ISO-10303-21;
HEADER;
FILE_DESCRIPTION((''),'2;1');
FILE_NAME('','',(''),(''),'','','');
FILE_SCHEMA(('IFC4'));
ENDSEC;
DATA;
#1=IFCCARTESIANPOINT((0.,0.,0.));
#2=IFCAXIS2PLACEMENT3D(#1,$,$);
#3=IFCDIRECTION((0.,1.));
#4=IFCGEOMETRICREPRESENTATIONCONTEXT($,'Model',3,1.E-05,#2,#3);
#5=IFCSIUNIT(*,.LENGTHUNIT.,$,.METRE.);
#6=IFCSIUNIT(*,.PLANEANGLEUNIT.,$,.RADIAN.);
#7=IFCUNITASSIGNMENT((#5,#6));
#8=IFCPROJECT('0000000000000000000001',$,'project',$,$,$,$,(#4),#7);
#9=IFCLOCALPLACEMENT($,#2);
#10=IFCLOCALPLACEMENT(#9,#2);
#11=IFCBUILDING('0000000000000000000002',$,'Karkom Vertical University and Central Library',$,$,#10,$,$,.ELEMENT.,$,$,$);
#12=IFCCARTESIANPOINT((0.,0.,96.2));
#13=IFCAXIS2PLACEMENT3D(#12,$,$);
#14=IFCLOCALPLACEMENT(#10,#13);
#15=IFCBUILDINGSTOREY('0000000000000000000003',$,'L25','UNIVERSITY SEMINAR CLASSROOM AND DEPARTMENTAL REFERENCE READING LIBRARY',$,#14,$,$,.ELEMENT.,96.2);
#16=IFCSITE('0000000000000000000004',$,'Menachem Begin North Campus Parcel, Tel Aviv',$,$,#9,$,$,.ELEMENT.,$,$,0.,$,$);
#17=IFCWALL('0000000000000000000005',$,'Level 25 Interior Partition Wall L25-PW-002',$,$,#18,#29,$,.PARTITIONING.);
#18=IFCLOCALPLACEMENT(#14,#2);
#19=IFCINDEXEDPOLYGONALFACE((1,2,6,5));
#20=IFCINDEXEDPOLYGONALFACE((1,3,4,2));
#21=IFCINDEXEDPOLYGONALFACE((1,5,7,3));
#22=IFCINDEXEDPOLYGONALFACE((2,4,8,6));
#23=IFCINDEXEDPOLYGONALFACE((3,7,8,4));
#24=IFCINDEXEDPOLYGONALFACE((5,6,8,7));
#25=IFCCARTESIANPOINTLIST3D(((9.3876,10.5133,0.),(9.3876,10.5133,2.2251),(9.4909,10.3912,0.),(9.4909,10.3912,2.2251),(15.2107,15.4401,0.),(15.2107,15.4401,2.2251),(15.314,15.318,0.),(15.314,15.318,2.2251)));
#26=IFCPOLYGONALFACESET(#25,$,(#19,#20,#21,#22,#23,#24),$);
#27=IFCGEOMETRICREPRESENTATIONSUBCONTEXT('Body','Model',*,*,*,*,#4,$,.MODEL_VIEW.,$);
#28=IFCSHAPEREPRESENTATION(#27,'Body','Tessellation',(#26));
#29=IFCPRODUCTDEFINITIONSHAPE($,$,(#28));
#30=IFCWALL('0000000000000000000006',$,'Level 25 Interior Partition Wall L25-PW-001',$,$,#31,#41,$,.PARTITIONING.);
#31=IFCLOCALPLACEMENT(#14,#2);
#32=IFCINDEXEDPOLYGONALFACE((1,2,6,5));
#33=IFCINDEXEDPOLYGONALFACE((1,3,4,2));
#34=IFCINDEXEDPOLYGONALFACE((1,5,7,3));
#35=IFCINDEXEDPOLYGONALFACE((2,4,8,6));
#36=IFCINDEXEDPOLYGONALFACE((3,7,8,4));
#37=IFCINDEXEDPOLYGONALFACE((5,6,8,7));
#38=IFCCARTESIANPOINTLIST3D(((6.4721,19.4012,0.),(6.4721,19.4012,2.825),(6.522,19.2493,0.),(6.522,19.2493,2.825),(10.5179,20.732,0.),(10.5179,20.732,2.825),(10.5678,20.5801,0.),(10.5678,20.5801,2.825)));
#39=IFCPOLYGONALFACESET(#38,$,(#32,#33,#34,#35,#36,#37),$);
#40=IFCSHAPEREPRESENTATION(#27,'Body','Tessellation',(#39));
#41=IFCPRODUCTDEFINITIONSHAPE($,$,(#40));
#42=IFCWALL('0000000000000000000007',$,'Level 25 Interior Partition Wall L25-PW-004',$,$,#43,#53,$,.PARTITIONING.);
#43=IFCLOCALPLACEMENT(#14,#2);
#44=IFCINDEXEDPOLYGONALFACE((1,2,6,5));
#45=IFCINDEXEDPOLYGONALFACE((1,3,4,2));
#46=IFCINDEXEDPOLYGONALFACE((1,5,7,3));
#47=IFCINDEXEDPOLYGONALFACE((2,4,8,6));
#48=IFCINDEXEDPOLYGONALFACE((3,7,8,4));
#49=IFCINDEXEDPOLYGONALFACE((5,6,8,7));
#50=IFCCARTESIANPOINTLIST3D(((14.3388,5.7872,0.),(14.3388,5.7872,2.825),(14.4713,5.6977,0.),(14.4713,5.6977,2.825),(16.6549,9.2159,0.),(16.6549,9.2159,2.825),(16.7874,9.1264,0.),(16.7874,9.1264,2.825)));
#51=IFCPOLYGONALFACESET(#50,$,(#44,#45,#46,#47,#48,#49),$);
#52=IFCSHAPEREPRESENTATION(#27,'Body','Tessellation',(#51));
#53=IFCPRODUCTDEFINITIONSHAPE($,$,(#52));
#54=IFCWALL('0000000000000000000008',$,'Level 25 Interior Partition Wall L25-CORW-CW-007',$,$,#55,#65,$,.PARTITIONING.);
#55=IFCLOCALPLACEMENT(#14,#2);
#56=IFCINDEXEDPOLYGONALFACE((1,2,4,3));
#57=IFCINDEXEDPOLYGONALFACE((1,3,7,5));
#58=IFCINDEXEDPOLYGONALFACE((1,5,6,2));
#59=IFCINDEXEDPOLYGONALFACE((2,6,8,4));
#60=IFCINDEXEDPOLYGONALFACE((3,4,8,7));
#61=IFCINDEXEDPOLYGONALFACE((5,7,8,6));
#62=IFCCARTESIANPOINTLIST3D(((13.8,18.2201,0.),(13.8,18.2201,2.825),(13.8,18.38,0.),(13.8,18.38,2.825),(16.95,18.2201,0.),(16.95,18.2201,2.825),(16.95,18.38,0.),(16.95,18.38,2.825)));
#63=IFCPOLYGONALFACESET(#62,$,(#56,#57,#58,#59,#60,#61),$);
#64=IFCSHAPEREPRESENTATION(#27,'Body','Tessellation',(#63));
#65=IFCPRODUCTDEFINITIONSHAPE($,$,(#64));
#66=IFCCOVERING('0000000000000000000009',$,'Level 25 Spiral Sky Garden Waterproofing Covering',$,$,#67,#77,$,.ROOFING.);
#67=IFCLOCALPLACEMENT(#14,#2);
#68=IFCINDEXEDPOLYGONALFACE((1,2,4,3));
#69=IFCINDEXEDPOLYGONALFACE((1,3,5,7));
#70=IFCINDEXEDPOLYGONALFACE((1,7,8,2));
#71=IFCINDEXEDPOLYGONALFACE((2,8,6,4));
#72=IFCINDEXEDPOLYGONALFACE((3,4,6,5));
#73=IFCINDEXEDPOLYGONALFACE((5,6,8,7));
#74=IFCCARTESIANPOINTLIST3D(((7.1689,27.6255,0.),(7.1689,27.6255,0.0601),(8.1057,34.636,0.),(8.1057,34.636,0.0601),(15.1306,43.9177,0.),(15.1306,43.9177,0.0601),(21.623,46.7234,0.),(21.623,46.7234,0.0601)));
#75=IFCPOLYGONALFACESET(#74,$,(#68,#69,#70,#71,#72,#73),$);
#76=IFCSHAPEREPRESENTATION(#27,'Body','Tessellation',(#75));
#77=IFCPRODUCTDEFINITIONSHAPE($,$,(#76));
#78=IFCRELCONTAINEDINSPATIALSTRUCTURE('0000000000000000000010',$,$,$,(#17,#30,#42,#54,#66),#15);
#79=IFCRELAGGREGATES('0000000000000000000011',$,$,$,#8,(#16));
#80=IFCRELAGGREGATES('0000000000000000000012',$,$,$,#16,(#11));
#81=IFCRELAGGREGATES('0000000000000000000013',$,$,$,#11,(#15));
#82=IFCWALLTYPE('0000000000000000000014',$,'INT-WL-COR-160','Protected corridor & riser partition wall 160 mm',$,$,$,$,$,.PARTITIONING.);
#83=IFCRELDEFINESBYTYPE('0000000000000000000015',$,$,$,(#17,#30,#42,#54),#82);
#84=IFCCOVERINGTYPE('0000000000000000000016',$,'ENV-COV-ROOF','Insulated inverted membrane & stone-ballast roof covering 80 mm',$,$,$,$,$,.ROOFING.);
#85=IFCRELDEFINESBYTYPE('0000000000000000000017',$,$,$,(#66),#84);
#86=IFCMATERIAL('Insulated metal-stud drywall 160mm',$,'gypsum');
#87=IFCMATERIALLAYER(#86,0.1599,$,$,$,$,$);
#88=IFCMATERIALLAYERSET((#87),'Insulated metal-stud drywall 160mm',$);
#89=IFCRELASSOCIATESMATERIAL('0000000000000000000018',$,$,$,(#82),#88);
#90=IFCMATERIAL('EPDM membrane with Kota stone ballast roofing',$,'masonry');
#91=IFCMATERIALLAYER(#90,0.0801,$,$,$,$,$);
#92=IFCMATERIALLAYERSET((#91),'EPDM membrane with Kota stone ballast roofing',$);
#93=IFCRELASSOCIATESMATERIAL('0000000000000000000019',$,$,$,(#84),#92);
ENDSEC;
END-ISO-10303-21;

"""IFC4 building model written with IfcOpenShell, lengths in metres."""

from ifc_helpers import new_model, si_unit, direction, frame, frame_2d, origin, place, context, subcontext, project, spatial, polyline, rectangle, outline, extrude, material, layer, layer_set, type_object, element, save


model = new_model("IFC4")

# Units and contexts
model_context = context("Model", 3, precision=1e-05, world=origin(), true_north=direction((0.0, 1.0)))
body_context = subcontext(model_context, "Body", "Model", "MODEL_VIEW")
ifc_project = project(units=[si_unit("LENGTHUNIT", "METRE"), si_unit("PLANEANGLEUNIT", "RADIAN")], contexts=[model_context])

# Site, building, storey
site_placement = place(None, origin())
site = spatial("IfcSite", under=ifc_project, at=site_placement, Name="Menachem Begin North Campus Parcel, Tel Aviv", CompositionType="ELEMENT", RefElevation=0.0)
building_placement = place(site_placement, origin())
building = spatial("IfcBuilding", under=site, at=building_placement, Name="Karkom Vertical University and Central Library", CompositionType="ELEMENT")
storey_placement = place(building_placement, frame((0.0, 0.0, 96.2)))
storey = spatial("IfcBuildingStorey", under=building, at=storey_placement, Name="L25", Description="UNIVERSITY SEMINAR CLASSROOM AND DEPARTMENTAL REFERENCE READING LIBRARY", CompositionType="ELEMENT", Elevation=96.2)

# Shared definitions
ifc_material_1 = material(Name="Insulated metal-stud drywall 160mm", Category="gypsum")
ifc_layer_1 = layer(ifc_material_1, 0.1599)
ifc_layer_set_1 = layer_set([ifc_layer_1], Name="Insulated metal-stud drywall 160mm")
wall_type_1 = type_object("IfcWallType", Name="INT-WL-COR-160", Description="Protected corridor & riser partition wall 160 mm", PredefinedType="PARTITIONING", material=ifc_layer_set_1)

# Walls
wall_1_placement = place(storey_placement, frame((15.2625, 15.3792, 0.0), z_axis=(0.0, 0.0, 1.0), x_axis=(-0.763412, -0.645912, 0.0)))
element("IfcWall", 1, at=wall_1_placement, inside=storey, type_object=wall_type_1, Name="Level 25 Interior Partition Wall L25-PW-002", PredefinedType="PARTITIONING", context=body_context, shape_type="SweptSolid", body=[
    extrude(rectangle(XDim=7.6277, YDim=0.1599, at=frame_2d((3.814, 0.0))), origin(), (0.0, 0.0, 1.0), 2.2251),
])
wall_2_placement = place(storey_placement, frame((10.5427, 20.656, 0.0), z_axis=(0.0, 0.0, 1.0), x_axis=(-0.949931, -0.312459, 0.0)))
element("IfcWall", 2, at=wall_2_placement, inside=storey, type_object=wall_type_1, Name="Level 25 Interior Partition Wall L25-PW-001", PredefinedType="PARTITIONING", context=body_context, shape_type="SweptSolid", body=[
    extrude(rectangle(XDim=4.259, YDim=0.1599, at=frame_2d((2.1294, 0.0))), origin(), (0.0, 0.0, 1.0), 2.825),
])
wall_3_placement = place(storey_placement, frame((16.7212, 9.1711, 0.0), z_axis=(0.0, 0.0, 1.0), x_axis=(-0.559769, -0.828649, 0.0)))
element("IfcWall", 3, at=wall_3_placement, inside=storey, type_object=wall_type_1, Name="Level 25 Interior Partition Wall L25-PW-004", PredefinedType="PARTITIONING", context=body_context, shape_type="SweptSolid", body=[
    extrude(rectangle(XDim=4.1377, YDim=0.1599, at=frame_2d((2.0688, 0.0))), origin(), (0.0, 0.0, 1.0), 2.825),
])
wall_4_placement = place(storey_placement, frame((13.8, 18.3, 0.0), z_axis=(0.0, 0.0, 1.0), x_axis=(1.0, 0.0, 0.0)))
element("IfcWall", 4, at=wall_4_placement, inside=storey, type_object=wall_type_1, Name="Level 25 Interior Partition Wall L25-CORW-CW-007", PredefinedType="PARTITIONING", context=body_context, shape_type="SweptSolid", body=[
    extrude(rectangle(XDim=3.1499, YDim=0.1599, at=frame_2d((1.575, 0.0))), origin(), (0.0, 0.0, 1.0), 2.825),
])

# Covering
ifc_material_2 = material(Name="EPDM membrane with Kota stone ballast roofing", Category="masonry")
ifc_layer_2 = layer(ifc_material_2, 0.0801)
ifc_layer_set_2 = layer_set([ifc_layer_2], Name="EPDM membrane with Kota stone ballast roofing")
covering_type = type_object("IfcCoveringType", Name="ENV-COV-ROOF", Description="Insulated inverted membrane & stone-ballast roof covering 80 mm", PredefinedType="ROOFING", material=ifc_layer_set_2)
covering_placement = place(storey_placement, origin())
element("IfcCovering", 5, at=covering_placement, inside=storey, type_object=covering_type, Name="Level 25 Spiral Sky Garden Waterproofing Covering", PredefinedType="ROOFING", context=body_context, shape_type="SweptSolid", body=[
    extrude(outline(polyline([(8.1057, 34.636), (15.1306, 43.9177), (21.623, 46.7234), (7.1689, 27.6255), (8.1057, 34.636)])), origin(), (0.0, 0.0, 1.0), 0.0601),
])

save(model, "model.ifc")
